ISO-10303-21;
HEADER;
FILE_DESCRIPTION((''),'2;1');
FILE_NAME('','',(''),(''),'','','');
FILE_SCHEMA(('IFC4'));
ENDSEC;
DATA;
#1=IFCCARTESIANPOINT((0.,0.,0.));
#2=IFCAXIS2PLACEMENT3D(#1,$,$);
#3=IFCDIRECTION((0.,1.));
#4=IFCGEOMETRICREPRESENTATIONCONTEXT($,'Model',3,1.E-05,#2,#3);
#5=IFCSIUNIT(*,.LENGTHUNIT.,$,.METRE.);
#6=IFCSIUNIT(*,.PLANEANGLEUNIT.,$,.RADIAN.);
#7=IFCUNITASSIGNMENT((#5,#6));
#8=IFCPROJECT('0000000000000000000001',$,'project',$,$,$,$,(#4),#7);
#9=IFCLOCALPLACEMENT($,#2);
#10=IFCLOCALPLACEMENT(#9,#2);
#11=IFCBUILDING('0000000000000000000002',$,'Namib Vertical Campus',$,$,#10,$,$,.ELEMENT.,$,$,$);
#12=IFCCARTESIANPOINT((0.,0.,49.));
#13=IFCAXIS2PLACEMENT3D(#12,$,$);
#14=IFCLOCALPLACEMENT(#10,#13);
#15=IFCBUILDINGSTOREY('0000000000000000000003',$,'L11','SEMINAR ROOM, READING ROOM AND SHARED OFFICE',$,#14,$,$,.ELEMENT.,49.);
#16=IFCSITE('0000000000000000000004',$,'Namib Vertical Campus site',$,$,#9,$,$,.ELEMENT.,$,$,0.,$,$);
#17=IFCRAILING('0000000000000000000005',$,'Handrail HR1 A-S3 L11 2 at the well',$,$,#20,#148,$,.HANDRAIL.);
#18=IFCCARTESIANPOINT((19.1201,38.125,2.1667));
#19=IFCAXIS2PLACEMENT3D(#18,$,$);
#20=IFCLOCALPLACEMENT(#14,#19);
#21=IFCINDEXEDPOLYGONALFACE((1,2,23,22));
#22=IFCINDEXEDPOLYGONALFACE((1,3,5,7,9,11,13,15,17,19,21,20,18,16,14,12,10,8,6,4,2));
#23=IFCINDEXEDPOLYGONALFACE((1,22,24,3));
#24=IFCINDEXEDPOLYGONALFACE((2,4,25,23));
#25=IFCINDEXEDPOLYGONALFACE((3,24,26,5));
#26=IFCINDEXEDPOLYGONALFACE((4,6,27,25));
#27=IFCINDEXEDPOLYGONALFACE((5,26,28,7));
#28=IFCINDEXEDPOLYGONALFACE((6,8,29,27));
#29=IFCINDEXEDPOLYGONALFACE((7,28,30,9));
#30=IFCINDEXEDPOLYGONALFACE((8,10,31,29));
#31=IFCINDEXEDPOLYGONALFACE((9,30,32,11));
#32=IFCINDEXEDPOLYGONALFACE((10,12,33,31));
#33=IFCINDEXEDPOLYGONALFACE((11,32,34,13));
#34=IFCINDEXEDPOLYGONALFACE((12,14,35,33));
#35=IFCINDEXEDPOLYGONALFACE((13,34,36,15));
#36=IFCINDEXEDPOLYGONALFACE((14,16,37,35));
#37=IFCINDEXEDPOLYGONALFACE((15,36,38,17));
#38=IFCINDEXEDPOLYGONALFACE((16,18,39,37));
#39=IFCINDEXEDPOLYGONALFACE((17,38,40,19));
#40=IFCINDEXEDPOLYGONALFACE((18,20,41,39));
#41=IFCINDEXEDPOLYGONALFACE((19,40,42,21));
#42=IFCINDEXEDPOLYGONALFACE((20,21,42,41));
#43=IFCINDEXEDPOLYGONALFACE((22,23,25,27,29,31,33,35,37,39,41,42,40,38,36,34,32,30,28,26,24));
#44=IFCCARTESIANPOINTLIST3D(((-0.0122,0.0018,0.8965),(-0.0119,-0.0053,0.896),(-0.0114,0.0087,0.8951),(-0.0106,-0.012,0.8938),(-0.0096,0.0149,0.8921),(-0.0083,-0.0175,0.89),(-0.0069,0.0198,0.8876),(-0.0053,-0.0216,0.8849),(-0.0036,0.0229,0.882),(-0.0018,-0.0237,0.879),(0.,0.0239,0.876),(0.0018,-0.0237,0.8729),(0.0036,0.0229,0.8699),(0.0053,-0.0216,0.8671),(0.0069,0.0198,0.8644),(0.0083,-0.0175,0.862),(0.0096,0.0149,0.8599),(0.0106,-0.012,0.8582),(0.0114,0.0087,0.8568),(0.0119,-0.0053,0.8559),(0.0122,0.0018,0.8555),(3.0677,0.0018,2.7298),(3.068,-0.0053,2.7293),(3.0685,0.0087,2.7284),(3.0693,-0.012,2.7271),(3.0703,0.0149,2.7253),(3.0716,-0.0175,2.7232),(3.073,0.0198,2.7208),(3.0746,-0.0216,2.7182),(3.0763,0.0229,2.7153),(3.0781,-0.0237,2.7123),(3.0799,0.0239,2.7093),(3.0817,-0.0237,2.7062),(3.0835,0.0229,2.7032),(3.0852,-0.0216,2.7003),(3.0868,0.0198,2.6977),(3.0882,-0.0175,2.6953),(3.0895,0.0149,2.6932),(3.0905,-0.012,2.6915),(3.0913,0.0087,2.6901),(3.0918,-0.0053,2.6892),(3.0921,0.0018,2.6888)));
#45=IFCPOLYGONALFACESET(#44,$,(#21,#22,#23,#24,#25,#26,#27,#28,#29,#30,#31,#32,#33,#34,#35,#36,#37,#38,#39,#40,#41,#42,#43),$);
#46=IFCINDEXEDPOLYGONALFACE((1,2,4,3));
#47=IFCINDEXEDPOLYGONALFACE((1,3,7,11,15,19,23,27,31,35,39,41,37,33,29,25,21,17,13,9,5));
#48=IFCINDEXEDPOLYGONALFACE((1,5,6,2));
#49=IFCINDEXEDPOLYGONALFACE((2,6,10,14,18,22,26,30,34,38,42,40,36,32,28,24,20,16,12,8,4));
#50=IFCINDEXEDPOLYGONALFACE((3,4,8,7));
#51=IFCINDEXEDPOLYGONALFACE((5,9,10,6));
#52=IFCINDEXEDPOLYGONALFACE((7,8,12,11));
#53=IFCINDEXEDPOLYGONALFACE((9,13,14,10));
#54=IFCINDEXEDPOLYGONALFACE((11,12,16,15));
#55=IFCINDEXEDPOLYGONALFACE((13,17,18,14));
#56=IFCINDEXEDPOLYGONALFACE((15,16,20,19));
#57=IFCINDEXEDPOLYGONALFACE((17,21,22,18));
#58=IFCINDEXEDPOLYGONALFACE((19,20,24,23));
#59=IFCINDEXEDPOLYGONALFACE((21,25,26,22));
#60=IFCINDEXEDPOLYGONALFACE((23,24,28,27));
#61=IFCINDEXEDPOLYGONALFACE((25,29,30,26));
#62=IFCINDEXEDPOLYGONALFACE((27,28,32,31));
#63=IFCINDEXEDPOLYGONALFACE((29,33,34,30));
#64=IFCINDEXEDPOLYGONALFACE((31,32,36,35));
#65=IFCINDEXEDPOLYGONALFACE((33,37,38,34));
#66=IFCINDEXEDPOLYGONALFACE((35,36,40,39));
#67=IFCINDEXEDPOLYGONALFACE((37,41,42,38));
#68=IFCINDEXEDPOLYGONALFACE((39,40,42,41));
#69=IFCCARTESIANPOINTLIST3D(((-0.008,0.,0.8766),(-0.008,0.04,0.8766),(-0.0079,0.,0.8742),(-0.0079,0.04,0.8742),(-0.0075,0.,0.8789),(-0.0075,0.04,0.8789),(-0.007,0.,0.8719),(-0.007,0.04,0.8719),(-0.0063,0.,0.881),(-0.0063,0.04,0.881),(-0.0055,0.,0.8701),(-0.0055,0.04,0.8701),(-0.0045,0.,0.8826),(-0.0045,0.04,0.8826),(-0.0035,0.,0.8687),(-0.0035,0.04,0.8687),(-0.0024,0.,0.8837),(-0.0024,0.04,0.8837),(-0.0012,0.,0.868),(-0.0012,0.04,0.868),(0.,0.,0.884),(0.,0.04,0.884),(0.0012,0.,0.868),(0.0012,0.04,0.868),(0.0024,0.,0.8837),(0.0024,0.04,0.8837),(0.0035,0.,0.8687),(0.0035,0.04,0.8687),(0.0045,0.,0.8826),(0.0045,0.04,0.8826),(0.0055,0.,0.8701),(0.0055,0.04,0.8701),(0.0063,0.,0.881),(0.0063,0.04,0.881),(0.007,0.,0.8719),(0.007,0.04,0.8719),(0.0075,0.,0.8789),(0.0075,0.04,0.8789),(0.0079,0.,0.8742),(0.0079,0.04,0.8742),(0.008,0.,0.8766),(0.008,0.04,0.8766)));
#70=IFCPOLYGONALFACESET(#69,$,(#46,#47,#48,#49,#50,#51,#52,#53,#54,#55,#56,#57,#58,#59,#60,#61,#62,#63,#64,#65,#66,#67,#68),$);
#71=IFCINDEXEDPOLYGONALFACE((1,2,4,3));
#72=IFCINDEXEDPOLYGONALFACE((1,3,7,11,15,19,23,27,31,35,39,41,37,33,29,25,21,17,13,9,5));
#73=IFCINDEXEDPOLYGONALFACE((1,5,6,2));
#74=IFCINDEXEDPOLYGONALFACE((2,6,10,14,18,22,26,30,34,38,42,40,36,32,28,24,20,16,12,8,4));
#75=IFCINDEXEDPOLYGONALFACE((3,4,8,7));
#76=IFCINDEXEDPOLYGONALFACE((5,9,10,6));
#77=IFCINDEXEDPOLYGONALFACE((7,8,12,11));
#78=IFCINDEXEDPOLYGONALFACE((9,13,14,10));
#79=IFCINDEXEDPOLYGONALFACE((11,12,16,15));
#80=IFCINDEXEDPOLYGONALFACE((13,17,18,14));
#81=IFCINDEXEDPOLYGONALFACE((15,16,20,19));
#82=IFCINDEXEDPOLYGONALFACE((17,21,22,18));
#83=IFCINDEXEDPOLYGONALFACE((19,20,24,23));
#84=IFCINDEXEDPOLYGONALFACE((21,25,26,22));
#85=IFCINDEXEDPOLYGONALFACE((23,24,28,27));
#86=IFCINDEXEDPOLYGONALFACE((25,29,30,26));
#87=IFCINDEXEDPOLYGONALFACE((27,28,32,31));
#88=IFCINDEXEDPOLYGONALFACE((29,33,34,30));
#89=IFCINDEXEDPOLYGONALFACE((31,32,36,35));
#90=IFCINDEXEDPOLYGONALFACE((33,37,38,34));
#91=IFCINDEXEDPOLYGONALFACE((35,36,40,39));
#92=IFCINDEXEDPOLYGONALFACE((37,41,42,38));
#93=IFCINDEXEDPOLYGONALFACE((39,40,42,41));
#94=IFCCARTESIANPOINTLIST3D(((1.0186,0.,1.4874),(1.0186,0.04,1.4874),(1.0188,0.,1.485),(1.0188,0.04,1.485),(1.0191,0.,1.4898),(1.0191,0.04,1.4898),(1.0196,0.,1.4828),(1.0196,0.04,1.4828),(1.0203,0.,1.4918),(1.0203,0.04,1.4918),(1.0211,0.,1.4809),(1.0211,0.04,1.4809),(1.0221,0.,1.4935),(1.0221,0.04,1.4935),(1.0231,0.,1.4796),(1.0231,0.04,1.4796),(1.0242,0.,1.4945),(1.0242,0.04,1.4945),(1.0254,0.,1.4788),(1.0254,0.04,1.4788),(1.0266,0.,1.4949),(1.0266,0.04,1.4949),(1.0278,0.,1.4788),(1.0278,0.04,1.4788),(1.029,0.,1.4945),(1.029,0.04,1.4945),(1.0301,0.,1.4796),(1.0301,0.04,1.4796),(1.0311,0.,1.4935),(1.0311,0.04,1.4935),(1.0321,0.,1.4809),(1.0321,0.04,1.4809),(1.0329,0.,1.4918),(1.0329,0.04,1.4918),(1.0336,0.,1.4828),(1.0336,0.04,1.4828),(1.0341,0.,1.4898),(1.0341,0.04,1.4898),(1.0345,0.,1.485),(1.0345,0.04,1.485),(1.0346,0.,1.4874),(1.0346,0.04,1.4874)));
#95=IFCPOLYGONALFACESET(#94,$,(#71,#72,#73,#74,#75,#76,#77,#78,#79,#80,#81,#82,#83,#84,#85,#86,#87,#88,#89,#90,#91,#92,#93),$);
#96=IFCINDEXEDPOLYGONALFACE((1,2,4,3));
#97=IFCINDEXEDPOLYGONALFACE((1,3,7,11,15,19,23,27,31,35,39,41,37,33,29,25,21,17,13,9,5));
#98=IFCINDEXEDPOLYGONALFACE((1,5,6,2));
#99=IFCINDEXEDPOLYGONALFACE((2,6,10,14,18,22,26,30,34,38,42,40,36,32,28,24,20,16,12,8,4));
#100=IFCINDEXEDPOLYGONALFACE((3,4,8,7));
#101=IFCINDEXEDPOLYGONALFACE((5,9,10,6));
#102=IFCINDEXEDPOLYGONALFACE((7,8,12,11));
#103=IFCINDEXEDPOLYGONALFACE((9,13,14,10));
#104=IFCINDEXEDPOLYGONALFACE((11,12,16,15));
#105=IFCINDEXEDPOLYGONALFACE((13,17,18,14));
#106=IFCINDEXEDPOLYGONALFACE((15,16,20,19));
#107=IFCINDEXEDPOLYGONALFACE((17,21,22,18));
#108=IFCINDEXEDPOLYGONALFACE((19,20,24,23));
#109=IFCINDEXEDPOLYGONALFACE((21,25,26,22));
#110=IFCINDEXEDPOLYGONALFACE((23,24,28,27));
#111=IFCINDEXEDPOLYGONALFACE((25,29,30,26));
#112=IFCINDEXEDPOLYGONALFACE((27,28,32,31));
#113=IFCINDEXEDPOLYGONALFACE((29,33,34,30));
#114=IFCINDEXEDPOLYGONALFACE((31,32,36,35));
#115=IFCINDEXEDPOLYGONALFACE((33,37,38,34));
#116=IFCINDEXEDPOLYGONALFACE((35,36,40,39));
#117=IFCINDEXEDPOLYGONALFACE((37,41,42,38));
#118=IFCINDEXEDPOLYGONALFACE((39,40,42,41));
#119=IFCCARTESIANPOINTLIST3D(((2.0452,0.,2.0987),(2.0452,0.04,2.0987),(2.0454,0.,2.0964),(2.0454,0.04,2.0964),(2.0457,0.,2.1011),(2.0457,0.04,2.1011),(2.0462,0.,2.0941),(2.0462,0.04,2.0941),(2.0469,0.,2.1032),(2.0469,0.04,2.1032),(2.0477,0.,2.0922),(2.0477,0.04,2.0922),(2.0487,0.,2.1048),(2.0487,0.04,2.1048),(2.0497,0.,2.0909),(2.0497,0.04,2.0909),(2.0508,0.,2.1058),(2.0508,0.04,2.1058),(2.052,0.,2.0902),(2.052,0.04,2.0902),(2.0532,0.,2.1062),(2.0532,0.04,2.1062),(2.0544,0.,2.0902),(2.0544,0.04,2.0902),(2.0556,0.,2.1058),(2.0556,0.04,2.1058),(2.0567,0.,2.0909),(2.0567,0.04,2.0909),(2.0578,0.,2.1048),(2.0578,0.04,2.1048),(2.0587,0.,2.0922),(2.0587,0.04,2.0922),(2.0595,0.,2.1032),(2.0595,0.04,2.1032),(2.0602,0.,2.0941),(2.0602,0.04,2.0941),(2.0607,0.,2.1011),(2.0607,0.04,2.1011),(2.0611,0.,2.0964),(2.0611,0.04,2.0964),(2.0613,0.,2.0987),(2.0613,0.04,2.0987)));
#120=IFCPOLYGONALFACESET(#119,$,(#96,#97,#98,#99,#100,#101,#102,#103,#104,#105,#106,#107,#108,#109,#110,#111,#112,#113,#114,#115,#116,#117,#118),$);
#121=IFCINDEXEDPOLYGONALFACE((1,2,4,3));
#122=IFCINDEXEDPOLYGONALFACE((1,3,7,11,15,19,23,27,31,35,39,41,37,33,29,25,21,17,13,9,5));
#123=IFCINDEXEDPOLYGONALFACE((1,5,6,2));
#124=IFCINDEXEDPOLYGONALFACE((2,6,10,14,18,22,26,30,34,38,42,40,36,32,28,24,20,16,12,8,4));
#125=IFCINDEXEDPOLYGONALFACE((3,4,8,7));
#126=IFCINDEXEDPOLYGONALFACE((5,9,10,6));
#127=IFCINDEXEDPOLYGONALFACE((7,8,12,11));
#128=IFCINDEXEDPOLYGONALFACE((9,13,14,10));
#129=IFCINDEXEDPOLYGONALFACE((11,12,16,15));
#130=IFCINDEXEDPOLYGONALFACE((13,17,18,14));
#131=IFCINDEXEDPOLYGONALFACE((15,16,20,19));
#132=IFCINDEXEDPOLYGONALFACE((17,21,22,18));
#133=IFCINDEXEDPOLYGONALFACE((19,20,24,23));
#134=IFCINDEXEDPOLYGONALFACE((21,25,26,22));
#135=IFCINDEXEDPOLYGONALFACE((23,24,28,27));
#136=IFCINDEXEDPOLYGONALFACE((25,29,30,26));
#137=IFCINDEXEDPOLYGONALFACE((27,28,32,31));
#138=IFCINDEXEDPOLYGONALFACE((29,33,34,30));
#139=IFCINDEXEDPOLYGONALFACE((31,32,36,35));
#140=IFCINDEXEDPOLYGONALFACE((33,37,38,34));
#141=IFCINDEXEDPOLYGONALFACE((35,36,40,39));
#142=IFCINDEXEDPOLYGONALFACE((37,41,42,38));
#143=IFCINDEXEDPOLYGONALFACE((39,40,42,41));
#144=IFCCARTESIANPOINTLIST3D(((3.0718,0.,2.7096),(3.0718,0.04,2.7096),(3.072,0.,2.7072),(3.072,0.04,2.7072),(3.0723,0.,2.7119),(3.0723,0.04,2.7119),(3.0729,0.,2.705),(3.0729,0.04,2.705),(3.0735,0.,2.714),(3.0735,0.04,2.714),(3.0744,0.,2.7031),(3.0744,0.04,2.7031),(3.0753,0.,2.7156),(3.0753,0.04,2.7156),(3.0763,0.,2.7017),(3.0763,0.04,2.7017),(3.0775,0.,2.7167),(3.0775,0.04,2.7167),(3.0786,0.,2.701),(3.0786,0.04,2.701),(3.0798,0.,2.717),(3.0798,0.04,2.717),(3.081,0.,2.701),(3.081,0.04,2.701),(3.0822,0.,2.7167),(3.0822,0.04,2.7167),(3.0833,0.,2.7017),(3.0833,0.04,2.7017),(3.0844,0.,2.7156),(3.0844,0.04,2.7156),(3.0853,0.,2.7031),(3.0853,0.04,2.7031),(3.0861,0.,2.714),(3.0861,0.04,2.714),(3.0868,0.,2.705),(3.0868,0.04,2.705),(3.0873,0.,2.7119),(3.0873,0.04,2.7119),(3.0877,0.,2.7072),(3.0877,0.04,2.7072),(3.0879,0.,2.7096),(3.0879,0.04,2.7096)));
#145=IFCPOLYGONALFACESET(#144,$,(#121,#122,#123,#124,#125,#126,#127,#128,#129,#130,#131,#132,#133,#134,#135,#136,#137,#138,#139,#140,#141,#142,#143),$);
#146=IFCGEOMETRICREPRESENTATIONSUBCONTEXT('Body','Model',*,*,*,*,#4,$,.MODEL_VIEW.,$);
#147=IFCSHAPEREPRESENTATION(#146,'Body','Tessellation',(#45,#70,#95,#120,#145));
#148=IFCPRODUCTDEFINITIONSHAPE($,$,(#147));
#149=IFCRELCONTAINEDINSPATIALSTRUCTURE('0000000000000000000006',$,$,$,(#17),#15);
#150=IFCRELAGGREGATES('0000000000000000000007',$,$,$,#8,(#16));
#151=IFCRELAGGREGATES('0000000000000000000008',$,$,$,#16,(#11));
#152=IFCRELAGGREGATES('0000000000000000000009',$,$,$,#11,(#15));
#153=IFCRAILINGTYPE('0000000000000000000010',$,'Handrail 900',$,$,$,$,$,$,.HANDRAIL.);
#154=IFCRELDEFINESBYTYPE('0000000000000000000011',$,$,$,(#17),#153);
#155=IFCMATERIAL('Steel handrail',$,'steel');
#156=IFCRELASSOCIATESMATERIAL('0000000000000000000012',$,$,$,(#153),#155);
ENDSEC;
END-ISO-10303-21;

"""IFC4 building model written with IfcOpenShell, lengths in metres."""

from ifc_helpers import new_model, si_unit, direction, frame, origin, origin_2d, place, context, subcontext, project, spatial, circle, extrude, material, type_object, element, save


model = new_model("IFC4")

# Units and contexts
model_context = context("Model", 3, precision=1e-05, world=origin(), true_north=direction((0.0, 1.0)))
body_context = subcontext(model_context, "Body", "Model", "MODEL_VIEW")
ifc_project = project(units=[si_unit("LENGTHUNIT", "METRE"), si_unit("PLANEANGLEUNIT", "RADIAN")], contexts=[model_context])

# Site, building, storey
site_placement = place(None, origin())
site = spatial("IfcSite", under=ifc_project, at=site_placement, Name="Namib Vertical Campus site", CompositionType="ELEMENT", RefElevation=0.0)
building_placement = place(site_placement, origin())
building = spatial("IfcBuilding", under=site, at=building_placement, Name="Namib Vertical Campus", CompositionType="ELEMENT")
storey_placement = place(building_placement, frame((0.0, 0.0, 49.0)))
storey = spatial("IfcBuildingStorey", under=building, at=storey_placement, Name="L11", Description="SEMINAR ROOM, READING ROOM AND SHARED OFFICE", CompositionType="ELEMENT", Elevation=49.0)

# Railing
ifc_material_1 = material(Name="Steel handrail", Category="steel")
railing_type = type_object("IfcRailingType", Name="Handrail 900", PredefinedType="HANDRAIL", material=ifc_material_1)
railing_1_placement = place(storey_placement, frame((19.1201, 38.125, 2.1667)))
element("IfcRailing", 1, at=railing_1_placement, inside=storey, type_object=railing_type, Name="Handrail HR1 A-S3 L11 2 at the well", PredefinedType="HANDRAIL", context=body_context, shape_type="SweptSolid", body=[
    extrude(circle(Radius=0.0239, at=origin_2d()), frame((0.0, 0.0, 0.876), z_axis=(0.859291, 0.0, 0.511487), x_axis=(0.0, 1.0, 0.0)), (0.0, 0.0, 1.0), 3.5842),
    extrude(circle(Radius=0.0081, at=origin_2d()), frame((0.0, 0.0, 0.876), z_axis=(0.0, 1.0, 0.0), x_axis=(0.0, 0.0, 1.0)), (0.0, 0.0, 1.0), 0.04),
    extrude(circle(Radius=0.0081, at=origin_2d()), frame((1.0266, 0.0, 1.4868), z_axis=(0.0, 1.0, 0.0), x_axis=(0.0, 0.0, 1.0)), (0.0, 0.0, 1.0), 0.04),
    extrude(circle(Radius=0.0081, at=origin_2d()), frame((2.0532, 0.0, 2.0981), z_axis=(0.0, 1.0, 0.0), x_axis=(0.0, 0.0, 1.0)), (0.0, 0.0, 1.0), 0.04),
    extrude(circle(Radius=0.0081, at=origin_2d()), frame((3.0798, 0.0, 2.709), z_axis=(0.0, 1.0, 0.0), x_axis=(0.0, 0.0, 1.0)), (0.0, 0.0, 1.0), 0.04),
])

save(model, "model.ifc")
